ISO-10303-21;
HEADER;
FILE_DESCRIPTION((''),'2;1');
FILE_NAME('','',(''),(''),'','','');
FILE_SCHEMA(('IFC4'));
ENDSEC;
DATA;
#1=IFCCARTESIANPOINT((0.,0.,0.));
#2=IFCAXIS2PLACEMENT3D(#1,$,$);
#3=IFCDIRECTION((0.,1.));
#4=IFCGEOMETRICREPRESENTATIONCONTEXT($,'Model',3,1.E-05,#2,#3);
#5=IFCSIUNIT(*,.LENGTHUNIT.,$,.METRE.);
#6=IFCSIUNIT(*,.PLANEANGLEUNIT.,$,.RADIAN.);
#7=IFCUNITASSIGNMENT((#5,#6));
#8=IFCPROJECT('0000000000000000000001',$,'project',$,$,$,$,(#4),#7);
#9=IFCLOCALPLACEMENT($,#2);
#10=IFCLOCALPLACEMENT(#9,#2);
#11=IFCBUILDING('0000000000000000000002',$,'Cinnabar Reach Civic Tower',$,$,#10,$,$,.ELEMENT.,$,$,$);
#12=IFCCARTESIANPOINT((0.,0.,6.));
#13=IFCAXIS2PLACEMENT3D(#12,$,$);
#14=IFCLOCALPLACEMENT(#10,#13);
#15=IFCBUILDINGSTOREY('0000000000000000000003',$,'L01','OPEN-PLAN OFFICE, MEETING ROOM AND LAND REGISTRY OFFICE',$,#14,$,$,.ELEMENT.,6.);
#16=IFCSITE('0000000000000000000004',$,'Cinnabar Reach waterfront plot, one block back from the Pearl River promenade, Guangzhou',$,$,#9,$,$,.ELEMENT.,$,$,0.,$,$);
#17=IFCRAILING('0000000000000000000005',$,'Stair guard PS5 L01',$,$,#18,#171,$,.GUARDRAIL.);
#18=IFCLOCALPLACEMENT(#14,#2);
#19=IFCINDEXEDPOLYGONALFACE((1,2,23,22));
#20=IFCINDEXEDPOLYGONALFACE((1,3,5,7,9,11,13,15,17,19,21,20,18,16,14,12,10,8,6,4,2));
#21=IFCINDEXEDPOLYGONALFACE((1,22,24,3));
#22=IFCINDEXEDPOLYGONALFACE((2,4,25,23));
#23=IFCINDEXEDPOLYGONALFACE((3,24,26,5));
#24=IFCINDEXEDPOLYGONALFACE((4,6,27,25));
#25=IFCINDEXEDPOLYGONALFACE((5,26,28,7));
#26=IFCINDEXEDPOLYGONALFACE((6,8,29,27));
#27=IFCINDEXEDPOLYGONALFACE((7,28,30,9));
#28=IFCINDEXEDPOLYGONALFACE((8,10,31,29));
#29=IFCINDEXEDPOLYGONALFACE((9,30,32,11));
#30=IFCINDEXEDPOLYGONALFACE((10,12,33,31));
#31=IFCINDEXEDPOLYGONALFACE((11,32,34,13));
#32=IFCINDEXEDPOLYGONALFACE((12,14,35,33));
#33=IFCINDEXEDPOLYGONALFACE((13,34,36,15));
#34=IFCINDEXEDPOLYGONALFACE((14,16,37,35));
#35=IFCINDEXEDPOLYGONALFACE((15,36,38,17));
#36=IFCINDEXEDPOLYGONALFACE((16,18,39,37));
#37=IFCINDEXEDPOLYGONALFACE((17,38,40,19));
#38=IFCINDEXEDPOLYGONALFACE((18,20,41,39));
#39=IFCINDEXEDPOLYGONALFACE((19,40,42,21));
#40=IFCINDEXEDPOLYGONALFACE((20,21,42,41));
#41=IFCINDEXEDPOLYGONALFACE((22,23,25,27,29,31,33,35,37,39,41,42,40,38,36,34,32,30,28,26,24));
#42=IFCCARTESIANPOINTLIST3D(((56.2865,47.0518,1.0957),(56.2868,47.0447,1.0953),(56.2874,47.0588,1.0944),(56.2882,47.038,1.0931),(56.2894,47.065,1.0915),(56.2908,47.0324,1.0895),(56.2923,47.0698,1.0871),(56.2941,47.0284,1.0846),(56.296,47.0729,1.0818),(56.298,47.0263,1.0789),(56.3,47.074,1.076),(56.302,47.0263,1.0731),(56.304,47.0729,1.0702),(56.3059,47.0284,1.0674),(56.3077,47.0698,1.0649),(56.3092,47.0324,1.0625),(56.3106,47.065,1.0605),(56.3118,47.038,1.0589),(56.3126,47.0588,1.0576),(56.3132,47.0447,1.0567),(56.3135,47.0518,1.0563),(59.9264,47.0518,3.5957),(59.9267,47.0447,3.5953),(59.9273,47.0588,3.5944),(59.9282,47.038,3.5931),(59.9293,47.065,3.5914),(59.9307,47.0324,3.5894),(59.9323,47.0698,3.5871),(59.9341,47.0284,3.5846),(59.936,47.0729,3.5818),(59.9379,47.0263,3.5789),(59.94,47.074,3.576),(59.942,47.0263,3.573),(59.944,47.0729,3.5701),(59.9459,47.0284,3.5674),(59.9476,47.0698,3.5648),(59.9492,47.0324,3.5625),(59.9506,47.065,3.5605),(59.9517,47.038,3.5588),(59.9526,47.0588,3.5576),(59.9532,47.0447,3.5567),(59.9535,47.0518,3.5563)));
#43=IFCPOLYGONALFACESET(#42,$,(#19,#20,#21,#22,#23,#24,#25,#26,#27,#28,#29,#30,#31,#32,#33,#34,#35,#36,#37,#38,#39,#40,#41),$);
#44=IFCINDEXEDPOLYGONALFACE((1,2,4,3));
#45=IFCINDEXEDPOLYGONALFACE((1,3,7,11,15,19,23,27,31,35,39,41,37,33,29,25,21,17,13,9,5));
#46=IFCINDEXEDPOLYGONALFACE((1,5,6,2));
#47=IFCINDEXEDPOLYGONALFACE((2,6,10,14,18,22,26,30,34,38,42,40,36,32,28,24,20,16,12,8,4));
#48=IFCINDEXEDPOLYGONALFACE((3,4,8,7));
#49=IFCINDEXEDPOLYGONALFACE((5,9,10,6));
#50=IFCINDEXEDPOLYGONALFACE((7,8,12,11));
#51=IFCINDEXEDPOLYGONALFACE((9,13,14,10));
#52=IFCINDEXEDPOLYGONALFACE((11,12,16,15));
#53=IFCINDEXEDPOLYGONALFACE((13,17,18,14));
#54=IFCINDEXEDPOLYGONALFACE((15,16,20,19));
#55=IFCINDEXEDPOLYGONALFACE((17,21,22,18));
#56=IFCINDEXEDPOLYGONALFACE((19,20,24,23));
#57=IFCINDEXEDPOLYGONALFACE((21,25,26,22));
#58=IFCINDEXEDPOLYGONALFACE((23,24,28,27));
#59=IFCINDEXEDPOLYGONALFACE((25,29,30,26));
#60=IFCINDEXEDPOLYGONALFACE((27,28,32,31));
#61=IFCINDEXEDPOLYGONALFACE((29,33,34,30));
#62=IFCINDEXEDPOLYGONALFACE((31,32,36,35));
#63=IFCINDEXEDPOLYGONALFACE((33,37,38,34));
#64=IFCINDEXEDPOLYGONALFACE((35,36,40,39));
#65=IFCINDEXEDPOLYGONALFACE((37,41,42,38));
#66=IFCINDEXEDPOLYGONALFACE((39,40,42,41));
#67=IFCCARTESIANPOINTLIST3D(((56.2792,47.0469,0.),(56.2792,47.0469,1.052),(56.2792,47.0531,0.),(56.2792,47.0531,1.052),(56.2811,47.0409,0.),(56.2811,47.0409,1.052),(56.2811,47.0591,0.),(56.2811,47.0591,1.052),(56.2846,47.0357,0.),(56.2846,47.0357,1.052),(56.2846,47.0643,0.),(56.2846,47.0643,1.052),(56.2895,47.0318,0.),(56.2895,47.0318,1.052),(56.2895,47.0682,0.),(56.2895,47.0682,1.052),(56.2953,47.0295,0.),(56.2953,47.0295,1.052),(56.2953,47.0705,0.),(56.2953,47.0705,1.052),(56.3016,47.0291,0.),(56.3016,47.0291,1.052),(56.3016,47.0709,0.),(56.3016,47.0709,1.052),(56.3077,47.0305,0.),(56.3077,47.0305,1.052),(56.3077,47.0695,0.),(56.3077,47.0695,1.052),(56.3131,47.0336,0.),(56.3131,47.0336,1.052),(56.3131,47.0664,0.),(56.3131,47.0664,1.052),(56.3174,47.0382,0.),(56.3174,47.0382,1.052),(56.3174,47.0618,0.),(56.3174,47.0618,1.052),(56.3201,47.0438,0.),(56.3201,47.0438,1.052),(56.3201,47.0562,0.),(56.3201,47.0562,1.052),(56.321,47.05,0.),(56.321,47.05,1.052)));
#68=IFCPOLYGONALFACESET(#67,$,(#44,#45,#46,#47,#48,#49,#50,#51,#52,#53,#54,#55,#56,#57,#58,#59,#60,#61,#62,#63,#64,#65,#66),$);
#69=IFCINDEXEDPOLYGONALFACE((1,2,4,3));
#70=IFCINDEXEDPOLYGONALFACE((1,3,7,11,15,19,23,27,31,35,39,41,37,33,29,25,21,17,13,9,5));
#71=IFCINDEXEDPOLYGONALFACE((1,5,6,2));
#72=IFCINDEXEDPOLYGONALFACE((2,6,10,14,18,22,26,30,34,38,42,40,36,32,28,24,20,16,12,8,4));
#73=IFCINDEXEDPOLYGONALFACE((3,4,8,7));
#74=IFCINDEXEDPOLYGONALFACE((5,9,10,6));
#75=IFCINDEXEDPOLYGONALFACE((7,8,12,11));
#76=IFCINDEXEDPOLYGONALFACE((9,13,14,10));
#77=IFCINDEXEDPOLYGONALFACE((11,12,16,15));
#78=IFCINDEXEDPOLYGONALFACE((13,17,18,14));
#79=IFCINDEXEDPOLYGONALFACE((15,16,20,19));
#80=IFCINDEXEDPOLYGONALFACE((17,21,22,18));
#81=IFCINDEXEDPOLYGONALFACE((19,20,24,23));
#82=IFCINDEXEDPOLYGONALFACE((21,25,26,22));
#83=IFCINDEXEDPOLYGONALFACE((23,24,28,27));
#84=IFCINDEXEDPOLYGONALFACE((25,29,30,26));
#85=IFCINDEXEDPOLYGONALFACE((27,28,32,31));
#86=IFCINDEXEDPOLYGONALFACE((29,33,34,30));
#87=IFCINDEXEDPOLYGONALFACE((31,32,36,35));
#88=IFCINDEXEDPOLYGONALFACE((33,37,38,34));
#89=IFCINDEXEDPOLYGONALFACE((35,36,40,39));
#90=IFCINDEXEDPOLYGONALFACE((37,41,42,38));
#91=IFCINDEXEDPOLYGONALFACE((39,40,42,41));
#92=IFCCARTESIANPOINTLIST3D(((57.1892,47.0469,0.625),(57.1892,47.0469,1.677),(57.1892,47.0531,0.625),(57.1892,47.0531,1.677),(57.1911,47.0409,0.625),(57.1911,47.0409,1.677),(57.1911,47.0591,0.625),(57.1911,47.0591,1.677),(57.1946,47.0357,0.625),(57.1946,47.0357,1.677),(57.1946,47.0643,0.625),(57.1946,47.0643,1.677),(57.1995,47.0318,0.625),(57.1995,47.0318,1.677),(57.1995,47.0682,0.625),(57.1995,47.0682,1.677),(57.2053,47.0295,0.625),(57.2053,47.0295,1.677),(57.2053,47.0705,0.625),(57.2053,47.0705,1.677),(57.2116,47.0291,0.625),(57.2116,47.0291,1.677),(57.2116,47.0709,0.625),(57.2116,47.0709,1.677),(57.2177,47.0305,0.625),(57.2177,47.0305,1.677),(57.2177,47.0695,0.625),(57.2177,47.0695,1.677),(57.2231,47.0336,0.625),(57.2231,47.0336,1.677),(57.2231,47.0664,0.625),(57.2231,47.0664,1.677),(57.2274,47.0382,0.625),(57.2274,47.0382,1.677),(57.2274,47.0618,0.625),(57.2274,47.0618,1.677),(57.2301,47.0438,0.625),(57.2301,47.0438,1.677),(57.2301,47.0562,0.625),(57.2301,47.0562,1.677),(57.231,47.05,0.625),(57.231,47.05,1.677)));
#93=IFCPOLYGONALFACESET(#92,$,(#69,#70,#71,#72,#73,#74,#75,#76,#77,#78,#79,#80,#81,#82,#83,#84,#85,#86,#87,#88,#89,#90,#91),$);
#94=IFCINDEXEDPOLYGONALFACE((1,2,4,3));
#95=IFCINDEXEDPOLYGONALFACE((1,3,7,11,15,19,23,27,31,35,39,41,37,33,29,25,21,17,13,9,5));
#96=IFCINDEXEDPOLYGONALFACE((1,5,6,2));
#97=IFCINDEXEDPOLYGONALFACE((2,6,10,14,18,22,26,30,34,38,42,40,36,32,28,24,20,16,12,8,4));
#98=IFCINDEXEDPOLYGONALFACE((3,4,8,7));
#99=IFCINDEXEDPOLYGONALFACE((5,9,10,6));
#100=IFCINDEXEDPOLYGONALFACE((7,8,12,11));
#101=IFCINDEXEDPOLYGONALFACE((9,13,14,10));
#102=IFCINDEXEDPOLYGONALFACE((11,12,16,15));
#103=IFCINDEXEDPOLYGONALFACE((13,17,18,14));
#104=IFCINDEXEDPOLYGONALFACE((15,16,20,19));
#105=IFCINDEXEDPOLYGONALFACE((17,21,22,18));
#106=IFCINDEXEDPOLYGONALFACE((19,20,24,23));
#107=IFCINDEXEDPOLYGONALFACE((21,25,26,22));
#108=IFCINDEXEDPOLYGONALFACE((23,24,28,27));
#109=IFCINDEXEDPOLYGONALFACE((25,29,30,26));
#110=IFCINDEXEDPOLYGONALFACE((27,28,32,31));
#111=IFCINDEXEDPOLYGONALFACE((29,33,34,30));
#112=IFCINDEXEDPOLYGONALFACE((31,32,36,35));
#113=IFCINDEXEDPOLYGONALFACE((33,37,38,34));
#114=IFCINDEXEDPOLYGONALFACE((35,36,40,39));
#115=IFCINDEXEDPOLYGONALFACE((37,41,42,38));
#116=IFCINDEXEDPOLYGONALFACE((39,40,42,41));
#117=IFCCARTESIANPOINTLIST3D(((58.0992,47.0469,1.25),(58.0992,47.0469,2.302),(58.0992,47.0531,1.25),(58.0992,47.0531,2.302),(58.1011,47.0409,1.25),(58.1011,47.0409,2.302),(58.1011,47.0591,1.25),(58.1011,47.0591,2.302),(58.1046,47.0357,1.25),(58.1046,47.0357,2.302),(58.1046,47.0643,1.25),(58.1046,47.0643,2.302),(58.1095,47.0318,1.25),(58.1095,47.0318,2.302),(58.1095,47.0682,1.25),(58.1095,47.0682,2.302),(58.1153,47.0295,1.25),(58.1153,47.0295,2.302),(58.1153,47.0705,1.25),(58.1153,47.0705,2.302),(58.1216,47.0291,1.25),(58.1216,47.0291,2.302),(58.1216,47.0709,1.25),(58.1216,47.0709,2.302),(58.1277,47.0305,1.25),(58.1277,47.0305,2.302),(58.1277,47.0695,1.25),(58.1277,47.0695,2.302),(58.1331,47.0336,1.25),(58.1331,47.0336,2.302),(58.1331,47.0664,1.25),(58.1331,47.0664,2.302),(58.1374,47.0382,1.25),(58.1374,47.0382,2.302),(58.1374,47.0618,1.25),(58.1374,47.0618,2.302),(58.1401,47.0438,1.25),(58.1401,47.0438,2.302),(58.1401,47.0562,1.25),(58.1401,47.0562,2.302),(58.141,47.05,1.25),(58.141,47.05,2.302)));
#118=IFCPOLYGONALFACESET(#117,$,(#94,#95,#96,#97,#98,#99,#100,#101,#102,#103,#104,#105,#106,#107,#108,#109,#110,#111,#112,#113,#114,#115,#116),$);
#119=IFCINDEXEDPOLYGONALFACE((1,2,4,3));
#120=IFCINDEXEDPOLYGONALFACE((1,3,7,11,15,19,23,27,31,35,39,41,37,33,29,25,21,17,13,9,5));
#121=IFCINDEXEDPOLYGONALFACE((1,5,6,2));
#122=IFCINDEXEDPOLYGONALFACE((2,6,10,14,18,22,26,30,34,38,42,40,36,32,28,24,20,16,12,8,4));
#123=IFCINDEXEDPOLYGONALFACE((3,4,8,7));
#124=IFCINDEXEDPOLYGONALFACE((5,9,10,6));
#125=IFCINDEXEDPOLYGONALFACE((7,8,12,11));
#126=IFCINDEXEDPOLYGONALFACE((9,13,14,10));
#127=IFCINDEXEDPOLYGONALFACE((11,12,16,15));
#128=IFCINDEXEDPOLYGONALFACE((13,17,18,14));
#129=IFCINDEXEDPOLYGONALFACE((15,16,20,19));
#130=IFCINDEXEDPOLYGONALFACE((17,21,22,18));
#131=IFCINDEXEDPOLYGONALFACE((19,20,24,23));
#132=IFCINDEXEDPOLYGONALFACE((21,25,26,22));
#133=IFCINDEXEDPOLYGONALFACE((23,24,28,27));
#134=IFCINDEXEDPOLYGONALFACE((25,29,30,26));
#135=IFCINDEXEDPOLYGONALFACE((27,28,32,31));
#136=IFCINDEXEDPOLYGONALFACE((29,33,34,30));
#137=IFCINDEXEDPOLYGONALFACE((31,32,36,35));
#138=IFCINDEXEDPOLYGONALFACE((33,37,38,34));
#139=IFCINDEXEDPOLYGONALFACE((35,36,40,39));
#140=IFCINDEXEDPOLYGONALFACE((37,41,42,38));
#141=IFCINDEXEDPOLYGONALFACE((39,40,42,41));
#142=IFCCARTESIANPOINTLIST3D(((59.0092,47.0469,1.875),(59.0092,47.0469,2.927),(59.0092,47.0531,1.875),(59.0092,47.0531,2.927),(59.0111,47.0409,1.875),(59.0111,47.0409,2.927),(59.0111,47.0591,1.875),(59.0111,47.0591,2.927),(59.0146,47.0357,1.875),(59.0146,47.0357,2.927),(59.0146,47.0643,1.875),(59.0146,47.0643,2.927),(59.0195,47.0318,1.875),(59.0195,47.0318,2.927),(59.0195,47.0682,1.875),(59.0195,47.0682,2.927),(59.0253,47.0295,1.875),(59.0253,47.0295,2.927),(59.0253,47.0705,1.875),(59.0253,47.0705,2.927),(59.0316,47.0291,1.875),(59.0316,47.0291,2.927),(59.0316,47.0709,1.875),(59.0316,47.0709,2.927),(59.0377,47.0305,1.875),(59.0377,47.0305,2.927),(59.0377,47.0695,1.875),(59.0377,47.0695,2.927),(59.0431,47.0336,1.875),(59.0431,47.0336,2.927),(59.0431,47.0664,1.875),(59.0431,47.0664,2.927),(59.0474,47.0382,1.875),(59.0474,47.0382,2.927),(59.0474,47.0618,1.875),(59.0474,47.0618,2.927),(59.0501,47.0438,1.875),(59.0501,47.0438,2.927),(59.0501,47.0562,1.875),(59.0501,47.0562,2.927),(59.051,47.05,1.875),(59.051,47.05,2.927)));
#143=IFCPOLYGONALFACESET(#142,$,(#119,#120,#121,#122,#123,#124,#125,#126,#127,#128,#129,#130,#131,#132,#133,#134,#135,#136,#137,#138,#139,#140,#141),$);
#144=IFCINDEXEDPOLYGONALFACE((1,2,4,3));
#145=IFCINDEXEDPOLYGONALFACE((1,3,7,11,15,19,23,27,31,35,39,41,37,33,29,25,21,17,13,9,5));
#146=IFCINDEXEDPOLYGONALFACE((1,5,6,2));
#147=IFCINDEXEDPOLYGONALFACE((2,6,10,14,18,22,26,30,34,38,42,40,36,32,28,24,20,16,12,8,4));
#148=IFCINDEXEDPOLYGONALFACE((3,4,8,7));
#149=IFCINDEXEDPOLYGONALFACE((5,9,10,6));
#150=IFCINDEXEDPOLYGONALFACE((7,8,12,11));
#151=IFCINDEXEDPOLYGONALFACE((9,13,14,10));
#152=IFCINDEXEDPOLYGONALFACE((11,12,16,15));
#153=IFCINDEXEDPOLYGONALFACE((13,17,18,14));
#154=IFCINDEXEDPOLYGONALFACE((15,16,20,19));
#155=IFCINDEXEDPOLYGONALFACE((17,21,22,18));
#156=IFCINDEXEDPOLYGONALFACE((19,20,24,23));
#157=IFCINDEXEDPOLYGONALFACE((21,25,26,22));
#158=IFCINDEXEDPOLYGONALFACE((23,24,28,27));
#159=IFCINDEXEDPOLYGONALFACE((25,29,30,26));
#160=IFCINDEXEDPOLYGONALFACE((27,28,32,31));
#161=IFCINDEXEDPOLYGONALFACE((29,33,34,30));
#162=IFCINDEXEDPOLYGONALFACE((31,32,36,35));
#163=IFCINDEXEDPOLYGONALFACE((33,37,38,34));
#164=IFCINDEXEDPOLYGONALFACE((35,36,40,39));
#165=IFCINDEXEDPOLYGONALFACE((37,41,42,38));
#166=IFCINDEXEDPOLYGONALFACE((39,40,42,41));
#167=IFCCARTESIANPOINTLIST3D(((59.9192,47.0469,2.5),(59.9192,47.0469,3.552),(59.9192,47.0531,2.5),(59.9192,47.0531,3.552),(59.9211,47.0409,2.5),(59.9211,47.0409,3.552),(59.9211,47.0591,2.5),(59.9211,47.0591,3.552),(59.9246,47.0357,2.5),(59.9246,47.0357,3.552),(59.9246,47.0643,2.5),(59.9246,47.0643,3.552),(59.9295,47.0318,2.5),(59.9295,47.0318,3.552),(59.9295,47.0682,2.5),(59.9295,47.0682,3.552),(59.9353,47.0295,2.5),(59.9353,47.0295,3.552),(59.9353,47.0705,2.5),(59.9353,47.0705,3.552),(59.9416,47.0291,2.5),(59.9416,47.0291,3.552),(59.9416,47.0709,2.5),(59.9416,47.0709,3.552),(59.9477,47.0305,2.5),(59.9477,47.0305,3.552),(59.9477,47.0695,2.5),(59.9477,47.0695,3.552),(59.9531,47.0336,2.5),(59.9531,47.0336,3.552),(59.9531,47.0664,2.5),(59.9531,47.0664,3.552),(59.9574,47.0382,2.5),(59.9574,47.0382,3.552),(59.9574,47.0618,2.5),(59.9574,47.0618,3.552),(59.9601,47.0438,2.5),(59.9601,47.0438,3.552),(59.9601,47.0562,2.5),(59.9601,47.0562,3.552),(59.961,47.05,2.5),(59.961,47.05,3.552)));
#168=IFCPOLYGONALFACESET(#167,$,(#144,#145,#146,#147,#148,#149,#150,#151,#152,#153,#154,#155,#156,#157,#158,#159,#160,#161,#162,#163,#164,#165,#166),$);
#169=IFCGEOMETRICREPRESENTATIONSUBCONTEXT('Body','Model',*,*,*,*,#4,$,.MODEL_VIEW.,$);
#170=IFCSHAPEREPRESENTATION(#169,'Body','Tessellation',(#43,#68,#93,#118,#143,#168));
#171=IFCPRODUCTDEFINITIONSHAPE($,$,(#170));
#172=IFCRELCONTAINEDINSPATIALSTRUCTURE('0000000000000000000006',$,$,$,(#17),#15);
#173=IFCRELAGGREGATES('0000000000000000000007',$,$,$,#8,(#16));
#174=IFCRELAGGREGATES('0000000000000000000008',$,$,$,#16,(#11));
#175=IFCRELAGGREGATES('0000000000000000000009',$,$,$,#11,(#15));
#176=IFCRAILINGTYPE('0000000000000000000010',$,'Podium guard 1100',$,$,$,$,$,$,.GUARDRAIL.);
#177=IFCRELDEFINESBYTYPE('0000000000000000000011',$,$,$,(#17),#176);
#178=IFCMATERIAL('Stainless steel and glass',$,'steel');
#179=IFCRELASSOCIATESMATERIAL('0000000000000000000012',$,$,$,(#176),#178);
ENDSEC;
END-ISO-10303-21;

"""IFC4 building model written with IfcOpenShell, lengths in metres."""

from ifc_helpers import new_model, si_unit, direction, frame, origin, origin_2d, place, context, subcontext, project, spatial, circle, extrude, material, type_object, element, save


model = new_model("IFC4")

# Units and contexts
model_context = context("Model", 3, precision=1e-05, world=origin(), true_north=direction((0.0, 1.0)))
body_context = subcontext(model_context, "Body", "Model", "MODEL_VIEW")
ifc_project = project(units=[si_unit("LENGTHUNIT", "METRE"), si_unit("PLANEANGLEUNIT", "RADIAN")], contexts=[model_context])

# Site, building, storey
site_placement = place(None, origin())
site = spatial("IfcSite", under=ifc_project, at=site_placement, Name="Cinnabar Reach waterfront plot, one block back from the Pearl River promenade, Guangzhou", CompositionType="ELEMENT", RefElevation=0.0)
building_placement = place(site_placement, origin())
building = spatial("IfcBuilding", under=site, at=building_placement, Name="Cinnabar Reach Civic Tower", CompositionType="ELEMENT")
storey_placement = place(building_placement, frame((0.0, 0.0, 6.0)))
storey = spatial("IfcBuildingStorey", under=building, at=storey_placement, Name="L01", Description="OPEN-PLAN OFFICE, MEETING ROOM AND LAND REGISTRY OFFICE", CompositionType="ELEMENT", Elevation=6.0)

# Railing
ifc_material_1 = material(Name="Stainless steel and glass", Category="steel")
railing_type_1 = type_object("IfcRailingType", Name="Podium guard 1100", PredefinedType="GUARDRAIL", material=ifc_material_1)
railing_1_placement = place(storey_placement, frame((56.3, 47.05, 0.0)))
element("IfcRailing", 1, at=railing_1_placement, inside=storey, type_object=railing_type_1, Name="Stair guard PS5 L01", PredefinedType="GUARDRAIL", context=body_context, shape_type="SweptSolid", body=[
    extrude(circle(Radius=0.024, at=origin_2d()), frame((0.0, 0.0, 1.076), z_axis=(0.824306, 0.0, 0.566144), x_axis=(0.0, 1.0, 0.0)), (0.0, 0.0, 1.0), 4.4158),
    extrude(circle(Radius=0.021, at=origin_2d()), origin(), (0.0, 0.0, 1.0), 1.052),
    extrude(circle(Radius=0.021, at=origin_2d()), frame((0.91, 0.0, 0.625)), (0.0, 0.0, 1.0), 1.052),
    extrude(circle(Radius=0.021, at=origin_2d()), frame((1.82, 0.0, 1.25)), (0.0, 0.0, 1.0), 1.052),
    extrude(circle(Radius=0.021, at=origin_2d()), frame((2.73, 0.0, 1.875)), (0.0, 0.0, 1.0), 1.052),
    extrude(circle(Radius=0.021, at=origin_2d()), frame((3.64, 0.0, 2.5)), (0.0, 0.0, 1.0), 1.052),
])

save(model, "model.ifc")
